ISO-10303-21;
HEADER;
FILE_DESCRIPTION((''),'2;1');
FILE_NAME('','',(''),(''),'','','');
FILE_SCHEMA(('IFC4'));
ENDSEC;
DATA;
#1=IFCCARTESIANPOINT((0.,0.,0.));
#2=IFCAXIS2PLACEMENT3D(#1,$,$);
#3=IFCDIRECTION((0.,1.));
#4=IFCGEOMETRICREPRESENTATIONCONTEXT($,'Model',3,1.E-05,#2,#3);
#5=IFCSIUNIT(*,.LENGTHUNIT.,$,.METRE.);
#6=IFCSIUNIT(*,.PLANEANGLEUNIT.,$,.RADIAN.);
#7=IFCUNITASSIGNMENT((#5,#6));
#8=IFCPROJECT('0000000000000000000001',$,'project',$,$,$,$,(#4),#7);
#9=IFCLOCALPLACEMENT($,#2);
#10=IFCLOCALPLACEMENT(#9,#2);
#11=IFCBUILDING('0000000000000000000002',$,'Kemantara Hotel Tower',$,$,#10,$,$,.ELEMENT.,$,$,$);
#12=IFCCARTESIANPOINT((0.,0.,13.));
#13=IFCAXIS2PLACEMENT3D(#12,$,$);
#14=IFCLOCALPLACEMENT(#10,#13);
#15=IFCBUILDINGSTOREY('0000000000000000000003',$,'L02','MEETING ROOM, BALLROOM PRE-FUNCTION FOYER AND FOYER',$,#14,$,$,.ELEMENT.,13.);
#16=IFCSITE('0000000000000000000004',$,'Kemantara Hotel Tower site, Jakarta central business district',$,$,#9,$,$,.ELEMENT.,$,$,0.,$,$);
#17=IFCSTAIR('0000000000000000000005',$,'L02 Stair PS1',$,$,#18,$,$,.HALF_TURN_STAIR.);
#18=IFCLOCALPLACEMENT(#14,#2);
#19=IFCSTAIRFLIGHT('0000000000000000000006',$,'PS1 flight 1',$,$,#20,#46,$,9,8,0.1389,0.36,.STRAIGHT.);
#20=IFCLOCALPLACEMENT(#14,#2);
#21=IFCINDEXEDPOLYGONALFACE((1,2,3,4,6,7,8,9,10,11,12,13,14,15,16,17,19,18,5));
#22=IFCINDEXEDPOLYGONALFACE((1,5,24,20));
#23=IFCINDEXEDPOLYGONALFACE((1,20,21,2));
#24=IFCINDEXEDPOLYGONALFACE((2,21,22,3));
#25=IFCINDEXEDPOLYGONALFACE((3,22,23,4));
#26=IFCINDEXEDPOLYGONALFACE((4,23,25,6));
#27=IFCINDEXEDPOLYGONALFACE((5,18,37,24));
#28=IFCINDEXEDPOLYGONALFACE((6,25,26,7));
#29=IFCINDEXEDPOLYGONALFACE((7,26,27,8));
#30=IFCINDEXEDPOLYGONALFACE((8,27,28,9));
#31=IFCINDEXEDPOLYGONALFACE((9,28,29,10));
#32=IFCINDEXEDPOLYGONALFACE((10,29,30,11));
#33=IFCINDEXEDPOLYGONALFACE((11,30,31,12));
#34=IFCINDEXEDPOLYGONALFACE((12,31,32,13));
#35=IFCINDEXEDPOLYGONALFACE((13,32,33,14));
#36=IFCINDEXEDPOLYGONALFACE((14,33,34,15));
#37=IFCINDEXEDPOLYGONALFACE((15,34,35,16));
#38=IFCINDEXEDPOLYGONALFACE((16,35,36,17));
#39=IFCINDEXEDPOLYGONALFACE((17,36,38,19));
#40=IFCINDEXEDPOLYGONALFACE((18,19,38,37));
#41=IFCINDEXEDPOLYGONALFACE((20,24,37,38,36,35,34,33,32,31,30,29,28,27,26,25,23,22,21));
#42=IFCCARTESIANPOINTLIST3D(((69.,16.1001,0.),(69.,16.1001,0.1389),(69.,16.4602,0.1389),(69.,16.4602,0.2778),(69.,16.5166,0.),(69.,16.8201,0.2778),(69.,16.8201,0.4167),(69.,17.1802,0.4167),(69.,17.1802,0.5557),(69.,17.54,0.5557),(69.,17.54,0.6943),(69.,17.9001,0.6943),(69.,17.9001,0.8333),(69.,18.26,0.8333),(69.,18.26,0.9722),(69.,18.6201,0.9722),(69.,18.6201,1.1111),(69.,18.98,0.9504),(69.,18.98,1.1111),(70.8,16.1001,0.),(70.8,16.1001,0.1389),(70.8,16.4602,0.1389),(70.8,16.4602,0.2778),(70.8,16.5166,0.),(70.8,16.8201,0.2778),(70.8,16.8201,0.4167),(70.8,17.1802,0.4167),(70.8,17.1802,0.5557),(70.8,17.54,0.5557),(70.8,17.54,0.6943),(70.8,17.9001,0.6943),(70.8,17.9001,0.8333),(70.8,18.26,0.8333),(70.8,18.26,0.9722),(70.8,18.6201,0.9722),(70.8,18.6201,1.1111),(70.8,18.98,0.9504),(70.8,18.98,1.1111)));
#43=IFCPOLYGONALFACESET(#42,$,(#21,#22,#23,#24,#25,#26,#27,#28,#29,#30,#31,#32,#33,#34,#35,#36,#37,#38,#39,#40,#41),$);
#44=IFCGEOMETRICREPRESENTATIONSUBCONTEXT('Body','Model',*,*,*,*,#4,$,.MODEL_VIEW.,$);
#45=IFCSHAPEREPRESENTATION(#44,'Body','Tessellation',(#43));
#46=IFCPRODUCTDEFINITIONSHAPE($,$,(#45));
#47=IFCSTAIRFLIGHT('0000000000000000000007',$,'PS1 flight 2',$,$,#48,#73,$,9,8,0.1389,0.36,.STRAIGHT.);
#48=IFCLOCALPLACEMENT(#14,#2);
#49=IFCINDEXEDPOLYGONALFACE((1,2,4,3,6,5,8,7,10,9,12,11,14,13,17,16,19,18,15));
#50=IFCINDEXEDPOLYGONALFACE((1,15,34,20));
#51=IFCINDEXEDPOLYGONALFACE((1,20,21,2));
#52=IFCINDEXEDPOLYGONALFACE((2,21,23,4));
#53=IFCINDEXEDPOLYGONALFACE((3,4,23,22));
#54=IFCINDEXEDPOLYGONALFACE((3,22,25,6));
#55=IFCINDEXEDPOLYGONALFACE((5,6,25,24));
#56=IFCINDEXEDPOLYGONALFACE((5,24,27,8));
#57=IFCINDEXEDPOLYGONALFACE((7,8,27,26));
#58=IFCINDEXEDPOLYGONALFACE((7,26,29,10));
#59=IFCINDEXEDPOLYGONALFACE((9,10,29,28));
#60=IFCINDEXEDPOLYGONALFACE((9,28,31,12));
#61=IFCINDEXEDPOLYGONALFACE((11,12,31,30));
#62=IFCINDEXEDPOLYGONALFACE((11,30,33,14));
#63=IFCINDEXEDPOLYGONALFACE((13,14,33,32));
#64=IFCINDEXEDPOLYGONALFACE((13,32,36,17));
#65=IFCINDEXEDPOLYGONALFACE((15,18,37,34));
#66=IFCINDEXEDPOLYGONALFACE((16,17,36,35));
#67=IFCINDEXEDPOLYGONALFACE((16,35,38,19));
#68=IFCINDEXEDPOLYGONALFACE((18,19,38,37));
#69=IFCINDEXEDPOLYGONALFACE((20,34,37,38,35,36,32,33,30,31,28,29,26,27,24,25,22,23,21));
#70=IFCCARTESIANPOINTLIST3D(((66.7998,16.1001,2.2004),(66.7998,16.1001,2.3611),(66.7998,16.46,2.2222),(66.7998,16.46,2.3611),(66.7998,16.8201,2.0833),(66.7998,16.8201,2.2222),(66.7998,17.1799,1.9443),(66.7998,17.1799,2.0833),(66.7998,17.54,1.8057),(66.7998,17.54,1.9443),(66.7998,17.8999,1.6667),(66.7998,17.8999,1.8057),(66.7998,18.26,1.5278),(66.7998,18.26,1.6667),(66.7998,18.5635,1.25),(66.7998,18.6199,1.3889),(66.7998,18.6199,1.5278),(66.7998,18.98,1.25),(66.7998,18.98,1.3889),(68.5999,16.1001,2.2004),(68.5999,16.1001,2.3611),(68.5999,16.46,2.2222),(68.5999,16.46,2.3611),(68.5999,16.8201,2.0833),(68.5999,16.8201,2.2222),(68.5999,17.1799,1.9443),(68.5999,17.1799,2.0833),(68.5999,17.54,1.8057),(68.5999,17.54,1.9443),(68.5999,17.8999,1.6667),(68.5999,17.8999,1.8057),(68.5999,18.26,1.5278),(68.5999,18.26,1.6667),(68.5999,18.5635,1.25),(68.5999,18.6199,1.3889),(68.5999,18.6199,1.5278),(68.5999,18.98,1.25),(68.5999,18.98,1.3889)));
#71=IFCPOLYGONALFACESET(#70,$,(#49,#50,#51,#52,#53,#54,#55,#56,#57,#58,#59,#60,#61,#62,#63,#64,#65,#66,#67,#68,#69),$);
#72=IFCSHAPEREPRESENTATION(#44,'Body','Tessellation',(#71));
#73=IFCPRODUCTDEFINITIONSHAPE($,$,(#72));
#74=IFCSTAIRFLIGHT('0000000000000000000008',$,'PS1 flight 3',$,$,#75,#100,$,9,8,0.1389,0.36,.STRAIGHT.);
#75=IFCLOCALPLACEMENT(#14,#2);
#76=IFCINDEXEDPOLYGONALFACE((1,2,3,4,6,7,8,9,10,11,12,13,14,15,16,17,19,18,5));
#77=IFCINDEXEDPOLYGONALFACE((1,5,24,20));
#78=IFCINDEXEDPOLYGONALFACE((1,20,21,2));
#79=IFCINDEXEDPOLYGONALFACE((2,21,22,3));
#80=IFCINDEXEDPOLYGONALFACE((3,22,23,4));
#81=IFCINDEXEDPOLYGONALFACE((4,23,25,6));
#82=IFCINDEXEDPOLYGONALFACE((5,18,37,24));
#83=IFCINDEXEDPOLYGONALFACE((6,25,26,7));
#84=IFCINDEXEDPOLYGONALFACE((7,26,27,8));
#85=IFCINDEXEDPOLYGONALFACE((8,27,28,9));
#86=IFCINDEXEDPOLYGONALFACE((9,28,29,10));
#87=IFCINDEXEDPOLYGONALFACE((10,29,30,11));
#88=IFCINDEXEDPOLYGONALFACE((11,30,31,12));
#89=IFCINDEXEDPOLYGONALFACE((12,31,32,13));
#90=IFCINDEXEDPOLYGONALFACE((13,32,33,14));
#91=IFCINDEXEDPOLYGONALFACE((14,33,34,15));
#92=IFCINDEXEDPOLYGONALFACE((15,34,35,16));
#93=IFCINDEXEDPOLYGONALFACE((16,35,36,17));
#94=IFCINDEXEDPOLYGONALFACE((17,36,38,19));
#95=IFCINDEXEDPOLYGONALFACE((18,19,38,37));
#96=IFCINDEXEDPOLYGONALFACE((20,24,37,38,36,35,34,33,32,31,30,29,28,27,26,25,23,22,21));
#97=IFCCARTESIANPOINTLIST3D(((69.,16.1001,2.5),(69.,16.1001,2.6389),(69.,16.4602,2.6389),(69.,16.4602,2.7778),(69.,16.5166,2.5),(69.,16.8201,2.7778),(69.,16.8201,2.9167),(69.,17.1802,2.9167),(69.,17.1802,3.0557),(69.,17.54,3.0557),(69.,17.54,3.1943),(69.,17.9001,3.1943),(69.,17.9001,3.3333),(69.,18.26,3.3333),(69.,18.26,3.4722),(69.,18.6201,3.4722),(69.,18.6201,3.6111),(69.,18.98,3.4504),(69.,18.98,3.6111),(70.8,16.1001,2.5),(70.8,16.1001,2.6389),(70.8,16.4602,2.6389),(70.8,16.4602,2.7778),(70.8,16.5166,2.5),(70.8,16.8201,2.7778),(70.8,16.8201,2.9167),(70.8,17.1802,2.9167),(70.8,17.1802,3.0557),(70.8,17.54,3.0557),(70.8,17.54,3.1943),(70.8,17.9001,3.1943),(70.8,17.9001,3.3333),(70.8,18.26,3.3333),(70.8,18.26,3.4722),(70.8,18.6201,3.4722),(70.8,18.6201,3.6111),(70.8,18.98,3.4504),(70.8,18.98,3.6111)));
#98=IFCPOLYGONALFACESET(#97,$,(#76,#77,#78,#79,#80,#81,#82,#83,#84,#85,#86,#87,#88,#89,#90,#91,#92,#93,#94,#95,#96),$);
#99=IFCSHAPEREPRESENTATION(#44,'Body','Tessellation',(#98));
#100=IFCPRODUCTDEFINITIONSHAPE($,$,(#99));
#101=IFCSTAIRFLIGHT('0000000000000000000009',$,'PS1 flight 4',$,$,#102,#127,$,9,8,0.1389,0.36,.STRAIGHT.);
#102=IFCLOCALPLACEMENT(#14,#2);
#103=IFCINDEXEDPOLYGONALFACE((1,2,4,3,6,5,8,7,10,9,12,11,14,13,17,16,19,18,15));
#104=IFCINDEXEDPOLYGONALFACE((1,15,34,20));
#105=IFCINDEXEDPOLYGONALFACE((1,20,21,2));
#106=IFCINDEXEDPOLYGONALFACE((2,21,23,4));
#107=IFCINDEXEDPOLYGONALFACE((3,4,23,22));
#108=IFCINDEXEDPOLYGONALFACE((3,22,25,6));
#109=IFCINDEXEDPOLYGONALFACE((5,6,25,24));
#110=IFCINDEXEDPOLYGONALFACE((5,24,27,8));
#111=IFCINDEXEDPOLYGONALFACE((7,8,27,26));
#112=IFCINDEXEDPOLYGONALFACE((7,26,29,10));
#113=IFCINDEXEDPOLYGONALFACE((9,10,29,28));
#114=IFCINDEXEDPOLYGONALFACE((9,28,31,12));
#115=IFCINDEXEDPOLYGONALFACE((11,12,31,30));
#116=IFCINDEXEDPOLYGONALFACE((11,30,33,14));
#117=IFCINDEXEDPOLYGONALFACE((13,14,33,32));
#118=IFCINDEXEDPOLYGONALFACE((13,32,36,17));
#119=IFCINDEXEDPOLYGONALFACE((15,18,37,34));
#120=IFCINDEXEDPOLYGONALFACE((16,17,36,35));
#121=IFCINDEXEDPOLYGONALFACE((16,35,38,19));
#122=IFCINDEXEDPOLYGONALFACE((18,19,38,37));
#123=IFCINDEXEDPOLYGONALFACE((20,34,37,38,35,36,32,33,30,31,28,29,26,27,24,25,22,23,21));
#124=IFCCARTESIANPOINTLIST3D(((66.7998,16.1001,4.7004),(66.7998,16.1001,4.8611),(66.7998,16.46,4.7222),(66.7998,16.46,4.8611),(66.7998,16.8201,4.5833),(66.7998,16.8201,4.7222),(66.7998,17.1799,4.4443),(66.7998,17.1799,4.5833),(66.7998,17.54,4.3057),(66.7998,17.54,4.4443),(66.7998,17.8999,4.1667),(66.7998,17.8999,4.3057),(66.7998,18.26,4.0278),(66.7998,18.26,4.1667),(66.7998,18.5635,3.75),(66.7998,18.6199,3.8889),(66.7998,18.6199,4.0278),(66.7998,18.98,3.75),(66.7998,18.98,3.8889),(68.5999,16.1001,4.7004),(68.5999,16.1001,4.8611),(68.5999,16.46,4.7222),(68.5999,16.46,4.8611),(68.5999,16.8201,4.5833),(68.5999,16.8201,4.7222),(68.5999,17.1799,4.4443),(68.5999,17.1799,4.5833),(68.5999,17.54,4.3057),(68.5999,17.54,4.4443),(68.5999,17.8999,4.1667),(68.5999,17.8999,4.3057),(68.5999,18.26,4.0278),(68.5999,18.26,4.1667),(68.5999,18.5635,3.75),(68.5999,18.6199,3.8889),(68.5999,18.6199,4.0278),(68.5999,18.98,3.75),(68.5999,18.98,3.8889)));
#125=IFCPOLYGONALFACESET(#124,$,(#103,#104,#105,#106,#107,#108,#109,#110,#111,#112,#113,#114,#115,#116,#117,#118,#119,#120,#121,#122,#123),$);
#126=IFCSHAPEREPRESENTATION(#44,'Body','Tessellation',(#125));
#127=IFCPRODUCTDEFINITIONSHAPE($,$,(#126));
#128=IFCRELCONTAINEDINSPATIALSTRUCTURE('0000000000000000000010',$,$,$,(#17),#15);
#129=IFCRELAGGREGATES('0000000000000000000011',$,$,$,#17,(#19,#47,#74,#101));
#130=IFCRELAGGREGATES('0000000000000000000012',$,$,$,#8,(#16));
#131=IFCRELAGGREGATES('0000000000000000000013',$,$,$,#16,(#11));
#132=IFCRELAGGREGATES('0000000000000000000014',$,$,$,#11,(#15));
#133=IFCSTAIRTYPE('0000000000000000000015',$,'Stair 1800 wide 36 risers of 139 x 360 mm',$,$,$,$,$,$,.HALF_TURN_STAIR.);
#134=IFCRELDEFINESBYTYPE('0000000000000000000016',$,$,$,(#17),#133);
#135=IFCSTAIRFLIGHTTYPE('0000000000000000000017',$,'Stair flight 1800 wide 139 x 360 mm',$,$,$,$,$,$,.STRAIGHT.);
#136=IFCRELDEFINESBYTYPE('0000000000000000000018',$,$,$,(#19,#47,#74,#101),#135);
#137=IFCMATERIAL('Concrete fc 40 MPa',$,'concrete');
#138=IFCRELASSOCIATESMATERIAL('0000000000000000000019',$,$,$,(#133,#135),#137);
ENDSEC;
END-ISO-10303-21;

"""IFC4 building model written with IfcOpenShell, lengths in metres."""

from ifc_helpers import new_model, si_unit, direction, frame, origin, place, context, subcontext, project, spatial, polyline, outline, extrude, material, type_object, element, aggregate, save


model = new_model("IFC4")

# Units and contexts
model_context = context("Model", 3, precision=1e-05, world=origin(), true_north=direction((0.0, 1.0)))
body_context = subcontext(model_context, "Body", "Model", "MODEL_VIEW")
ifc_project = project(units=[si_unit("LENGTHUNIT", "METRE"), si_unit("PLANEANGLEUNIT", "RADIAN")], contexts=[model_context])

# Site, building, storey
site_placement = place(None, origin())
site = spatial("IfcSite", under=ifc_project, at=site_placement, Name="Kemantara Hotel Tower site, Jakarta central business district", CompositionType="ELEMENT", RefElevation=0.0)
building_placement = place(site_placement, origin())
building = spatial("IfcBuilding", under=site, at=building_placement, Name="Kemantara Hotel Tower", CompositionType="ELEMENT")
storey_placement = place(building_placement, frame((0.0, 0.0, 13.0)))
storey = spatial("IfcBuildingStorey", under=building, at=storey_placement, Name="L02", Description="MEETING ROOM, BALLROOM PRE-FUNCTION FOYER AND FOYER", CompositionType="ELEMENT", Elevation=13.0)

# Shared definitions
ifc_material_1 = material(Name="Concrete fc 40 MPa", Category="concrete")

# Shared definitions
stair_type = type_object("IfcStairType", Name="Stair 1800 wide 36 risers of 139 x 360 mm", PredefinedType="HALF_TURN_STAIR", material=ifc_material_1)
stair_flight_type = type_object("IfcStairFlightType", Name="Stair flight 1800 wide 139 x 360 mm", PredefinedType="STRAIGHT", material=ifc_material_1)

# Stair, stair flights
stair_1_placement = place(storey_placement, origin())
stair_1 = element("IfcStair", 1, at=stair_1_placement, inside=storey, type_object=stair_type, Name="L02 Stair PS1", PredefinedType="HALF_TURN_STAIR")
stair_flight_1_placement = place(storey_placement, frame((69.8999, 16.1001, 0.0), z_axis=(0.0, 0.0, 1.0), x_axis=(0.0, 1.0, 0.0)))
stair_flight_1 = element("IfcStairFlight", 2, at=stair_flight_1_placement, type_object=stair_flight_type, Name="PS1 flight 1", NumberOfRisers=9, NumberOfTreads=8, PredefinedType="STRAIGHT", RiserHeight=0.1389, TreadLength=0.36, context=body_context, shape_type="SweptSolid", body=[
    extrude(outline(polyline([(0.0, 0.0), (0.0, 0.1389), (0.3601, 0.1389), (0.3601, 0.2778), (0.72, 0.2778), (0.72, 0.4167), (1.0801, 0.4167), (1.0801, 0.5557), (1.4399, 0.5557), (1.4399, 0.6943), (1.8, 0.6943), (1.8, 0.8333), (2.1599, 0.8333), (2.1599, 0.9722), (2.52, 0.9722), (2.52, 1.1111), (2.8799, 1.1111), (2.8799, 1.25), (2.8799, 0.9504), (0.4165, 0.0), (0.0, 0.0)])), frame((0.0, 0.8999, 0.0), z_axis=(0.0, -1.0, 0.0), x_axis=(1.0, 0.0, 0.0)), (0.0, 0.0, 1.0), 1.8),
])
stair_flight_2_placement = place(storey_placement, frame((67.7, 18.98, 1.25), z_axis=(0.0, 0.0, 1.0), x_axis=(0.0, -1.0, 0.0)))
stair_flight_2 = element("IfcStairFlight", 3, at=stair_flight_2_placement, type_object=stair_flight_type, Name="PS1 flight 2", NumberOfRisers=9, NumberOfTreads=8, PredefinedType="STRAIGHT", RiserHeight=0.1389, TreadLength=0.36, context=body_context, shape_type="SweptSolid", body=[
    extrude(outline(polyline([(0.0, 0.0), (0.0, 0.1389), (0.3601, 0.1389), (0.3601, 0.2778), (0.72, 0.2778), (0.72, 0.4167), (1.0801, 0.4167), (1.0801, 0.5557), (1.4399, 0.5557), (1.4399, 0.6943), (1.8, 0.6943), (1.8, 0.8333), (2.1599, 0.8333), (2.1599, 0.9722), (2.52, 0.9722), (2.52, 1.1111), (2.8799, 1.1111), (2.8799, 1.25), (2.8799, 0.9504), (0.4165, 0.0), (0.0, 0.0)])), frame((0.0, 0.8999, 0.0), z_axis=(0.0, -1.0, 0.0), x_axis=(1.0, 0.0, 0.0)), (0.0, 0.0, 1.0), 1.8),
])
stair_flight_3_placement = place(storey_placement, frame((69.8999, 16.1001, 2.5), z_axis=(0.0, 0.0, 1.0), x_axis=(0.0, 1.0, 0.0)))
stair_flight_3 = element("IfcStairFlight", 4, at=stair_flight_3_placement, type_object=stair_flight_type, Name="PS1 flight 3", NumberOfRisers=9, NumberOfTreads=8, PredefinedType="STRAIGHT", RiserHeight=0.1389, TreadLength=0.36, context=body_context, shape_type="SweptSolid", body=[
    extrude(outline(polyline([(0.0, 0.0), (0.0, 0.1389), (0.3601, 0.1389), (0.3601, 0.2778), (0.72, 0.2778), (0.72, 0.4167), (1.0801, 0.4167), (1.0801, 0.5557), (1.4399, 0.5557), (1.4399, 0.6943), (1.8, 0.6943), (1.8, 0.8333), (2.1599, 0.8333), (2.1599, 0.9722), (2.52, 0.9722), (2.52, 1.1111), (2.8799, 1.1111), (2.8799, 1.25), (2.8799, 0.9504), (0.4165, 0.0), (0.0, 0.0)])), frame((0.0, 0.8999, 0.0), z_axis=(0.0, -1.0, 0.0), x_axis=(1.0, 0.0, 0.0)), (0.0, 0.0, 1.0), 1.8),
])
stair_flight_4_placement = place(storey_placement, frame((67.7, 18.98, 3.75), z_axis=(0.0, 0.0, 1.0), x_axis=(0.0, -1.0, 0.0)))
stair_flight_4 = element("IfcStairFlight", 5, at=stair_flight_4_placement, type_object=stair_flight_type, Name="PS1 flight 4", NumberOfRisers=9, NumberOfTreads=8, PredefinedType="STRAIGHT", RiserHeight=0.1389, TreadLength=0.36, context=body_context, shape_type="SweptSolid", body=[
    extrude(outline(polyline([(0.0, 0.0), (0.0, 0.1389), (0.3601, 0.1389), (0.3601, 0.2778), (0.72, 0.2778), (0.72, 0.4167), (1.0801, 0.4167), (1.0801, 0.5557), (1.4399, 0.5557), (1.4399, 0.6943), (1.8, 0.6943), (1.8, 0.8333), (2.1599, 0.8333), (2.1599, 0.9722), (2.52, 0.9722), (2.52, 1.1111), (2.8799, 1.1111), (2.8799, 1.25), (2.8799, 0.9504), (0.4165, 0.0), (0.0, 0.0)])), frame((0.0, 0.8999, 0.0), z_axis=(0.0, -1.0, 0.0), x_axis=(1.0, 0.0, 0.0)), (0.0, 0.0, 1.0), 1.8),
])
aggregate(stair_1, [stair_flight_1, stair_flight_2, stair_flight_3, stair_flight_4])

save(model, "model.ifc")
